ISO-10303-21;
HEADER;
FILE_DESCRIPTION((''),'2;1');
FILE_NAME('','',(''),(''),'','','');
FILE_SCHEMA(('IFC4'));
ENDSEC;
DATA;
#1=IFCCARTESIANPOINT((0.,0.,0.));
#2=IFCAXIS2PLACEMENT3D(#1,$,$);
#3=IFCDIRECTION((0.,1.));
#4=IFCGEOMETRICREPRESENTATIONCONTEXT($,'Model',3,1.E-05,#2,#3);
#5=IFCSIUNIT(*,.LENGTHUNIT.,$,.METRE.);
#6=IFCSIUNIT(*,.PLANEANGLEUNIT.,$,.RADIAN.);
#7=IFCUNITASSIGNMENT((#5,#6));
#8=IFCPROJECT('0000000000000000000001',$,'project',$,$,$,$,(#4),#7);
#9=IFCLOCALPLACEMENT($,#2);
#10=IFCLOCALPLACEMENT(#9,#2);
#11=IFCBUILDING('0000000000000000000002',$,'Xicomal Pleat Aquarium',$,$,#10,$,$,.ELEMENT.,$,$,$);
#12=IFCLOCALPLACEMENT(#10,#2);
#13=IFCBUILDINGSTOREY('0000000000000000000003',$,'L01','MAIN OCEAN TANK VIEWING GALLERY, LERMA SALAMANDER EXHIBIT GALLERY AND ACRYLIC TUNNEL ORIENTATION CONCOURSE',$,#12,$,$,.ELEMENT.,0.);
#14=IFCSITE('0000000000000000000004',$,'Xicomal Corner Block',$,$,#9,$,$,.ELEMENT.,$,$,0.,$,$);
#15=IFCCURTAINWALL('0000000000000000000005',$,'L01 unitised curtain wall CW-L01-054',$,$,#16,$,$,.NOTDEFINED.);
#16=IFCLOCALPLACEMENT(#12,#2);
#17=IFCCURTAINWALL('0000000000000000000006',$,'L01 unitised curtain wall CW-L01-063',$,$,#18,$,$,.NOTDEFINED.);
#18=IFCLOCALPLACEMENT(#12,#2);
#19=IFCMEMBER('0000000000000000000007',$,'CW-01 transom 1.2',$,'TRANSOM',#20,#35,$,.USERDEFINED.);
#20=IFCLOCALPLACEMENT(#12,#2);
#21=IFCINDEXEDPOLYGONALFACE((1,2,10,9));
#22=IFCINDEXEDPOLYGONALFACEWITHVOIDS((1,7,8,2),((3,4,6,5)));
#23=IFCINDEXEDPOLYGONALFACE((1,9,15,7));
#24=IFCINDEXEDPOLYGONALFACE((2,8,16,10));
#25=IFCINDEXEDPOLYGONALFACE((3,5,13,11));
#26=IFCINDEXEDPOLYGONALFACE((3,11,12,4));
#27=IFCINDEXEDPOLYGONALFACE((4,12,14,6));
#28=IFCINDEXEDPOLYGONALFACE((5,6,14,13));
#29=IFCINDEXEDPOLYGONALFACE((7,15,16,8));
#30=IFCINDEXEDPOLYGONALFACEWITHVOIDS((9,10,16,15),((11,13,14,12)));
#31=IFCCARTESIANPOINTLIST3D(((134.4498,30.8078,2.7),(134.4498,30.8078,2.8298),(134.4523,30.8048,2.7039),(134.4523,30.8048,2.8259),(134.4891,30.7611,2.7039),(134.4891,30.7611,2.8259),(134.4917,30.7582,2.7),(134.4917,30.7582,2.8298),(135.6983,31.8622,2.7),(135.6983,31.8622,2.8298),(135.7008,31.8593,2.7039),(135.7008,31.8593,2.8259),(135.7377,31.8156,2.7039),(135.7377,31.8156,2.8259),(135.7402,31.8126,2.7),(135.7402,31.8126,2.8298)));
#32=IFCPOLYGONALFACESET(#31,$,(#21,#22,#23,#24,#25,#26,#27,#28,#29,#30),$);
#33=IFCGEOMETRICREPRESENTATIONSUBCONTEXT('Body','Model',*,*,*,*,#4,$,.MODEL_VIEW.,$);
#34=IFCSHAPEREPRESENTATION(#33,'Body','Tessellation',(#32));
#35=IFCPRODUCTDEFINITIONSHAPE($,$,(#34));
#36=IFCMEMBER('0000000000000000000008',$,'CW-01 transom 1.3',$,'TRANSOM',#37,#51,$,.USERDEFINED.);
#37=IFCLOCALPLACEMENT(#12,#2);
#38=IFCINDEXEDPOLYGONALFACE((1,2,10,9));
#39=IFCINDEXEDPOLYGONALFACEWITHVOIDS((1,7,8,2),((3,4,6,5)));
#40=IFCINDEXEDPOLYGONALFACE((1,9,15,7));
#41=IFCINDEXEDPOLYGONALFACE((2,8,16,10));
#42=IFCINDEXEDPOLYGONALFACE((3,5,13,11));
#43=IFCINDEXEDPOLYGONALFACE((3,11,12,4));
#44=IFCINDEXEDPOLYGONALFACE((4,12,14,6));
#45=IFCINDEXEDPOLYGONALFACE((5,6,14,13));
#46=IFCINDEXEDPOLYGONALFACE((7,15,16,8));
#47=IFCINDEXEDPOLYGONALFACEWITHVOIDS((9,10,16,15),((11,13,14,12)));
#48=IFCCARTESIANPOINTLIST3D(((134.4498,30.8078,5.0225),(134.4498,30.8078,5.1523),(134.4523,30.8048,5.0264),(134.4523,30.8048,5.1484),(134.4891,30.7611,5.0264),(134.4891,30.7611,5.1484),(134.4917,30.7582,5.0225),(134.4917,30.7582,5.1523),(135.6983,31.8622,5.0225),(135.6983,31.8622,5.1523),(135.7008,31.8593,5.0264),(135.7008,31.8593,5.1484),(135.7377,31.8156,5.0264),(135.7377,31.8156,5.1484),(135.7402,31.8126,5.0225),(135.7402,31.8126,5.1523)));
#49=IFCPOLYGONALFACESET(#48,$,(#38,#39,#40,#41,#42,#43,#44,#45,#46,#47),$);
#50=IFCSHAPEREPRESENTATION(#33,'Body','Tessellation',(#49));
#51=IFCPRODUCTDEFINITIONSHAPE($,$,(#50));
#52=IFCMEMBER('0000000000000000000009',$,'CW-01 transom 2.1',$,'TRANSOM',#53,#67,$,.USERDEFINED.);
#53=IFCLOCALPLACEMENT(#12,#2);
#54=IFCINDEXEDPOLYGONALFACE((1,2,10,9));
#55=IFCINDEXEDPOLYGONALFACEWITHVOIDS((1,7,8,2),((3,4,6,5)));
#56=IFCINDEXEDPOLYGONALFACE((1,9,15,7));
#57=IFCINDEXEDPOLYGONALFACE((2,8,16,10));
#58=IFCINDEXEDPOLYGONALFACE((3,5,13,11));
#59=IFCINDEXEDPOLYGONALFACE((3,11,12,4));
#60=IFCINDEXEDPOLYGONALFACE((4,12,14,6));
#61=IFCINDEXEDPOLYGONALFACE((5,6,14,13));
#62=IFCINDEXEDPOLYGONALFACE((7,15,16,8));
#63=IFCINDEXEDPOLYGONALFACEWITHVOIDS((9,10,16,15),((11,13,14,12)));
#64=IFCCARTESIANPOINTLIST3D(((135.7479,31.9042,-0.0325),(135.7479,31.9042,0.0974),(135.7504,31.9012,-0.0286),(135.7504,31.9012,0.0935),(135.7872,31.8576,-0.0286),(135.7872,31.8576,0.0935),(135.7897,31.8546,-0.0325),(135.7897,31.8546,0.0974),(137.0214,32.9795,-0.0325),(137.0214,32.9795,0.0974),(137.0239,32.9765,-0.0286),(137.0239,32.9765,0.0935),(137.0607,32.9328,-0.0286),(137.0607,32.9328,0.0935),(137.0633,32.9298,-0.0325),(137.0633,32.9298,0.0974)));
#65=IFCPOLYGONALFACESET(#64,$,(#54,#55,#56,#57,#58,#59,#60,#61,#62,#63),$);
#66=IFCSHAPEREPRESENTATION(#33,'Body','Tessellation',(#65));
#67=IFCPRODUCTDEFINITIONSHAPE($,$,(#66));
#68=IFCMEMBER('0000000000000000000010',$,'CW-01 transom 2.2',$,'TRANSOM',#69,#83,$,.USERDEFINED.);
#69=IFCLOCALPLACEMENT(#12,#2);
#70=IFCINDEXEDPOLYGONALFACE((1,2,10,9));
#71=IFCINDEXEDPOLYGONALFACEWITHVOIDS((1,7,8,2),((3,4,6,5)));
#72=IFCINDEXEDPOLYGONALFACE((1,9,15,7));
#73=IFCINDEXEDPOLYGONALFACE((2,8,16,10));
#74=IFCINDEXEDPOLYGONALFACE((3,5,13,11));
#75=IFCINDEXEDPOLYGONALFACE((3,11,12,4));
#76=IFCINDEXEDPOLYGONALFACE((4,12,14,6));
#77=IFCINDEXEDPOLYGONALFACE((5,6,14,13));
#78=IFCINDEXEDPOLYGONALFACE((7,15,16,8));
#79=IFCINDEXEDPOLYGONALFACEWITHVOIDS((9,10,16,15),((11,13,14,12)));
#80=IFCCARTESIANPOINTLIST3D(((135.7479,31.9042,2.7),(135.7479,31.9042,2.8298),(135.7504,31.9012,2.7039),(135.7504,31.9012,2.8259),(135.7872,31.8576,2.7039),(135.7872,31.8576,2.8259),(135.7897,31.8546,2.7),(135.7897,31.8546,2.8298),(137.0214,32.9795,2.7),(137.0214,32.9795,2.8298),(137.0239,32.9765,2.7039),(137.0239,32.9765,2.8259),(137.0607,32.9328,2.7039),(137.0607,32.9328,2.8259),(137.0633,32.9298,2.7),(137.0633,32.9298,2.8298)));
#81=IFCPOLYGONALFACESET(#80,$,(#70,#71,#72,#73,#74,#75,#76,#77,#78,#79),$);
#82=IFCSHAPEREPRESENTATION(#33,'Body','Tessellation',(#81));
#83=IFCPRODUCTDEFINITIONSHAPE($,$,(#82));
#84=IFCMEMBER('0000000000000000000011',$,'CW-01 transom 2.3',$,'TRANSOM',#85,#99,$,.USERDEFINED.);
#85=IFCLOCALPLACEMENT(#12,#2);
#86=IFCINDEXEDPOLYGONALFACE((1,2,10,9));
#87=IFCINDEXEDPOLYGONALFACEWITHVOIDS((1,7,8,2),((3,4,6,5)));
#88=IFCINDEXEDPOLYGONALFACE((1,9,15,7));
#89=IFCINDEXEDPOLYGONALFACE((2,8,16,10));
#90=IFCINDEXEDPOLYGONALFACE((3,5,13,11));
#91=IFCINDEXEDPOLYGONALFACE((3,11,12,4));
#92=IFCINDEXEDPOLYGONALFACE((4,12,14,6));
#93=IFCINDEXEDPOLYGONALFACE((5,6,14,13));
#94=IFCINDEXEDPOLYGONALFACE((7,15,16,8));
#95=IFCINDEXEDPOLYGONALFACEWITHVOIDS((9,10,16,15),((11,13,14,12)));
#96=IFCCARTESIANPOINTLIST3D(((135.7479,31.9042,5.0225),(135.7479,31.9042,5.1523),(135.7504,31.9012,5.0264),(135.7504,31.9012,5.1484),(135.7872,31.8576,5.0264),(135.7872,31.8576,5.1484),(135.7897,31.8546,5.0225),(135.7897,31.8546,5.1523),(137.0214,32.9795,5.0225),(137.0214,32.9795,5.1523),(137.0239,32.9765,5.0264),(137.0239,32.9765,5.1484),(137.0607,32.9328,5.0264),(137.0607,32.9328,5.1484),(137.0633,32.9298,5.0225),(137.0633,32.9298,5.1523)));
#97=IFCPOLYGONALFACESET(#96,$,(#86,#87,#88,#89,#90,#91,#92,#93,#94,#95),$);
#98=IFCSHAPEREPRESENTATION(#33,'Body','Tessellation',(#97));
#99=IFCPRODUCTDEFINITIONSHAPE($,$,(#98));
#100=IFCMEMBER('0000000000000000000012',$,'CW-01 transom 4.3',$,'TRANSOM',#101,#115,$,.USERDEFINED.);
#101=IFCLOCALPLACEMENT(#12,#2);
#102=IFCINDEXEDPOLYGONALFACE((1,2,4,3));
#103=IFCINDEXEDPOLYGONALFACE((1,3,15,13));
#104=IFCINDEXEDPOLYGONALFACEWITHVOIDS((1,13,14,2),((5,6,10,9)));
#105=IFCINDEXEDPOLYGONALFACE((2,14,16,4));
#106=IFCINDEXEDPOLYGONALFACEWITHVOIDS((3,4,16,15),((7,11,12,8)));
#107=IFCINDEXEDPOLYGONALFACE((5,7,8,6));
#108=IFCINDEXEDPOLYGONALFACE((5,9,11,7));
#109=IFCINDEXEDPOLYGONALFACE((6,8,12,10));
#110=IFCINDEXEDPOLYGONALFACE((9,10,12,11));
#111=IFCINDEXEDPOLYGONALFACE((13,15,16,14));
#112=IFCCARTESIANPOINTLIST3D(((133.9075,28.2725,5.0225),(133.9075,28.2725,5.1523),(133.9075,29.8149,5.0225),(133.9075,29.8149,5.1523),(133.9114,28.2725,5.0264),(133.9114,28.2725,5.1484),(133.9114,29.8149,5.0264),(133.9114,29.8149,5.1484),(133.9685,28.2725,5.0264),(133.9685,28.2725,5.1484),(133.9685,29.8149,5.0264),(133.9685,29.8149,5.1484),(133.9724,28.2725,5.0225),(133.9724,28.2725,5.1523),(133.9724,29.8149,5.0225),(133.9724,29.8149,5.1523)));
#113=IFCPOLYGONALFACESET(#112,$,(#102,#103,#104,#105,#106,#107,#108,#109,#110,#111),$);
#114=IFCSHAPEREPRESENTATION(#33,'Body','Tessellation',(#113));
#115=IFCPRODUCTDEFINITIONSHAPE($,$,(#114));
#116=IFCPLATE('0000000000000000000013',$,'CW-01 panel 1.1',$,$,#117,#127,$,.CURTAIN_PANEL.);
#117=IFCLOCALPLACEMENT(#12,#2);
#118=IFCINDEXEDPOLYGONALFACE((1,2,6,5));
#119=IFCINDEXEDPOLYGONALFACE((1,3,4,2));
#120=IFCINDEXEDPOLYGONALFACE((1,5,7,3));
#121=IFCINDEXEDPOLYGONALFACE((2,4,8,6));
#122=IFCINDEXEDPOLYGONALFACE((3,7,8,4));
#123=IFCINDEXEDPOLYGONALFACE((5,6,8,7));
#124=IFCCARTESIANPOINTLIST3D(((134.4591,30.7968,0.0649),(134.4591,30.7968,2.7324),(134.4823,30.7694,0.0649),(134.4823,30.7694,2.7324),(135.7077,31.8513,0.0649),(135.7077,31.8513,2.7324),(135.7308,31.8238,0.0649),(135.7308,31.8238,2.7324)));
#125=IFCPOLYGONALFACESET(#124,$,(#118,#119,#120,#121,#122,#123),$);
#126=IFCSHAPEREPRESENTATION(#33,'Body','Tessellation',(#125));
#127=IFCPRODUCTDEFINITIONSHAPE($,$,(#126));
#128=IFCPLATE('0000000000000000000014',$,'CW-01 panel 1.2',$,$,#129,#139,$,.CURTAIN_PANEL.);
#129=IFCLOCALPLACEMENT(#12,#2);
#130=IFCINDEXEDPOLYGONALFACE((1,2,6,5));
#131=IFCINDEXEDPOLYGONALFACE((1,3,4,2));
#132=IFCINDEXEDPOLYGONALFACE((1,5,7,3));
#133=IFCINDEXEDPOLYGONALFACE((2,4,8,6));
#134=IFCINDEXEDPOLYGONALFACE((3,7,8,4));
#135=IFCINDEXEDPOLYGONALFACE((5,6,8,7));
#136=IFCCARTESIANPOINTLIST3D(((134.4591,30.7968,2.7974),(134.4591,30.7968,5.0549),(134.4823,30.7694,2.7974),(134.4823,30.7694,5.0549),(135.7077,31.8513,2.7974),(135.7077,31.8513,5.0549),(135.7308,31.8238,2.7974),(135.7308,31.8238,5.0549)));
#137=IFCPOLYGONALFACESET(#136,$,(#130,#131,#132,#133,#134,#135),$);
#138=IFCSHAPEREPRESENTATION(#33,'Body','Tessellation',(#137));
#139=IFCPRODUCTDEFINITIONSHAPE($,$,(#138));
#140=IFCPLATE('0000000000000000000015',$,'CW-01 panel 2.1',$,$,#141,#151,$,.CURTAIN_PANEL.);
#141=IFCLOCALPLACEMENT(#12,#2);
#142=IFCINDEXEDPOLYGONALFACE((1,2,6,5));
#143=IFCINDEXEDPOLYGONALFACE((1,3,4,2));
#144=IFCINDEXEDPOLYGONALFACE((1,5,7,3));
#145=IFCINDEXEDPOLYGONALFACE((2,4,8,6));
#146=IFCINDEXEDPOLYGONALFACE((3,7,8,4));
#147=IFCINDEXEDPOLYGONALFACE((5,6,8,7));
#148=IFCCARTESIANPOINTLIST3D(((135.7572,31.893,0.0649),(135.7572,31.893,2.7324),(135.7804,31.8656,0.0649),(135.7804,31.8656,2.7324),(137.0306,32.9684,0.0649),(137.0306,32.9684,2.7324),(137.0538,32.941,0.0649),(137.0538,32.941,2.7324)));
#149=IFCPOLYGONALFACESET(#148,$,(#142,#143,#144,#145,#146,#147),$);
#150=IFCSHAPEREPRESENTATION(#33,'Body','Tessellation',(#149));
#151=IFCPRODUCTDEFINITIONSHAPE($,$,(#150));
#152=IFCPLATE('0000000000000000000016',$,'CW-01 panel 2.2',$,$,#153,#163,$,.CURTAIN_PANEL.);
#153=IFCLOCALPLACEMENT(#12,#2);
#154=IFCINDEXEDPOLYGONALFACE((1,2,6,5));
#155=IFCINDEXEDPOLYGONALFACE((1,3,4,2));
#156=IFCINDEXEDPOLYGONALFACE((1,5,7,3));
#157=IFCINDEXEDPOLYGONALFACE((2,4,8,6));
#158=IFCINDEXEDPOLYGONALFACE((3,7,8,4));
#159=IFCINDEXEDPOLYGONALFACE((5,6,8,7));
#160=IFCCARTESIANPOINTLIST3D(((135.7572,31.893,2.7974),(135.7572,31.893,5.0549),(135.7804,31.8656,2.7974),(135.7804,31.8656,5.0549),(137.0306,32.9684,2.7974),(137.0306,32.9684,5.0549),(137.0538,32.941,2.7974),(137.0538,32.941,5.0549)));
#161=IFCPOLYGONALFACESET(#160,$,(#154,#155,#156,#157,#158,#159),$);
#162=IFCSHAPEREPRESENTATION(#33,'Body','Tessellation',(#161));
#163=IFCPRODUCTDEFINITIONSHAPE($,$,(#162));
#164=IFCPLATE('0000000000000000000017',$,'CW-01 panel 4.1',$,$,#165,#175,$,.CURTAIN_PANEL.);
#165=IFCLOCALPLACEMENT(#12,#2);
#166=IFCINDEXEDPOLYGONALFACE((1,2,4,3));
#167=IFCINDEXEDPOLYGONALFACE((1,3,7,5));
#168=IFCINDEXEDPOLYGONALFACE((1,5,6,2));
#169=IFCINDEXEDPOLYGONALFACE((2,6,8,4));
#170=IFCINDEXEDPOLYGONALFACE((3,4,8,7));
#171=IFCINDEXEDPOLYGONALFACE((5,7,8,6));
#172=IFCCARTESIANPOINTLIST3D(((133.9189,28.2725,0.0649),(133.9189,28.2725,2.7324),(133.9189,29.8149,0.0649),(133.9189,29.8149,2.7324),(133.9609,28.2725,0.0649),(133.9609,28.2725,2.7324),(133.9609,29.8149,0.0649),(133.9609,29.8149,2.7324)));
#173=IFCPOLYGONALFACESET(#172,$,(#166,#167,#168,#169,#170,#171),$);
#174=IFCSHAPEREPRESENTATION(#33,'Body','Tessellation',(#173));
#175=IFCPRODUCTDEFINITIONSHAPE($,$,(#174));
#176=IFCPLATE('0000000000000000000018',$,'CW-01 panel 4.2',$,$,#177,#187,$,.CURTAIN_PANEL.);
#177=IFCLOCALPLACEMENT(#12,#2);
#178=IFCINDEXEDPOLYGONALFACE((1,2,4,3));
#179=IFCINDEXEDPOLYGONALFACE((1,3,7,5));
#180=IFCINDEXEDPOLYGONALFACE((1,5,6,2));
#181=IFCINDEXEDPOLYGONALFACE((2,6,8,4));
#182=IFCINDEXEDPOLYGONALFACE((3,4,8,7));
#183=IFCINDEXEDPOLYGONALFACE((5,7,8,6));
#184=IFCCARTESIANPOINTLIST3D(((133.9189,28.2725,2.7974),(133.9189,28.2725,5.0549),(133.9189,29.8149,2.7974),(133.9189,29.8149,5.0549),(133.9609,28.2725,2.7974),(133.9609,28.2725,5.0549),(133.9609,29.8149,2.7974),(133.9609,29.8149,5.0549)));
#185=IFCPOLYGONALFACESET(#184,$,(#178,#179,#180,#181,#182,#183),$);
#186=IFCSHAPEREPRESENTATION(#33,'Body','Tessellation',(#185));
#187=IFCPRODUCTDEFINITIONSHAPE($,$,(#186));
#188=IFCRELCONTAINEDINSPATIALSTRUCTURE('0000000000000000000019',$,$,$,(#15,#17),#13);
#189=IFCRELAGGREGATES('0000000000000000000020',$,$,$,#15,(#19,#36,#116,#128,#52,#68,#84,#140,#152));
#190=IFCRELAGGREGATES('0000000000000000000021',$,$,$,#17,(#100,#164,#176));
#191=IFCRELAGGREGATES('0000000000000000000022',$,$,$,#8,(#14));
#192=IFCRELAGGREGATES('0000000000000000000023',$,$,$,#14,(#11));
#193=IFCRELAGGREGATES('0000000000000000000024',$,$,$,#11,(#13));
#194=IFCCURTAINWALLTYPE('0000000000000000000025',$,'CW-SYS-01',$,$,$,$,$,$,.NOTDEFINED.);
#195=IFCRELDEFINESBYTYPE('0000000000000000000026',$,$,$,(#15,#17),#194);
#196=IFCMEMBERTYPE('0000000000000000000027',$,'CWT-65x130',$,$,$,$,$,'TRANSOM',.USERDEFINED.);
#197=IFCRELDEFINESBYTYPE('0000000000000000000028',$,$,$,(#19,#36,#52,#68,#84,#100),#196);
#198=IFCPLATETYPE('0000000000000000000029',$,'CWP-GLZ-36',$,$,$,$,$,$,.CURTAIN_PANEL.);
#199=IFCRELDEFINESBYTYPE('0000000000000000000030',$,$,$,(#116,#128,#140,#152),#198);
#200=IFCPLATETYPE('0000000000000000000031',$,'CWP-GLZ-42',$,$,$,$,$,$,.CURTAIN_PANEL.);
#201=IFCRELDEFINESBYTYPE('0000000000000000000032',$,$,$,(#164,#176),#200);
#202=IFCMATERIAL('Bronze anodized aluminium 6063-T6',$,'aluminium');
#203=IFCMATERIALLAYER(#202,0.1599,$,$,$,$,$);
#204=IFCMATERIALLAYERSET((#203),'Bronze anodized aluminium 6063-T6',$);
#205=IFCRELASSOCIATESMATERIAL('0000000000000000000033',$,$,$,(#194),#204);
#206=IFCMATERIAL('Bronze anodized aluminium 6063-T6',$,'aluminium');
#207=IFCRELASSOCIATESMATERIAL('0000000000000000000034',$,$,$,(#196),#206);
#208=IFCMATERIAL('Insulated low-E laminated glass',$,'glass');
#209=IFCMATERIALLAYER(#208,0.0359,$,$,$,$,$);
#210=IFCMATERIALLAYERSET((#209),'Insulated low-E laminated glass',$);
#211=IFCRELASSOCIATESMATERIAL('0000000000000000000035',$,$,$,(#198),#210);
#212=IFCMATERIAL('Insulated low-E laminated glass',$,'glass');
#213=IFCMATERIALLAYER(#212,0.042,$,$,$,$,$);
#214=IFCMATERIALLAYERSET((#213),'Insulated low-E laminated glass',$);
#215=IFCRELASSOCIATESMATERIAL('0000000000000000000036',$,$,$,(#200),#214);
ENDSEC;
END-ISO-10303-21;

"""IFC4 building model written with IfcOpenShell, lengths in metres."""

from ifc_helpers import new_model, si_unit, direction, frame, origin, origin_2d, place, context, subcontext, project, spatial, rectangle, hollow_rectangle, extrude, material, layer, layer_set, material_profile, profile_set, type_object, element, aggregate, save


model = new_model("IFC4")

# Units and contexts
model_context = context("Model", 3, precision=1e-05, world=origin(), true_north=direction((0.0, 1.0)))
body_context = subcontext(model_context, "Body", "Model", "MODEL_VIEW")
ifc_project = project(units=[si_unit("LENGTHUNIT", "METRE"), si_unit("PLANEANGLEUNIT", "RADIAN")], contexts=[model_context])

# Site, building, storey
site_placement = place(None, origin())
site = spatial("IfcSite", under=ifc_project, at=site_placement, Name="Xicomal Corner Block", CompositionType="ELEMENT", RefElevation=0.0)
building_placement = place(site_placement, origin())
building = spatial("IfcBuilding", under=site, at=building_placement, Name="Xicomal Pleat Aquarium", CompositionType="ELEMENT")
storey_placement = place(building_placement, origin())
storey = spatial("IfcBuildingStorey", under=building, at=storey_placement, Name="L01", Description="MAIN OCEAN TANK VIEWING GALLERY, LERMA SALAMANDER EXHIBIT GALLERY AND ACRYLIC TUNNEL ORIENTATION CONCOURSE", CompositionType="ELEMENT", Elevation=0.0)

# Curtain wall
ifc_material_1 = material(Name="Bronze anodized aluminium 6063-T6", Category="aluminium")
ifc_layer_1 = layer(ifc_material_1, 0.1599)
ifc_layer_set_1 = layer_set([ifc_layer_1], Name="Bronze anodized aluminium 6063-T6")
curtain_wall_type = type_object("IfcCurtainWallType", Name="CW-SYS-01", PredefinedType="NOTDEFINED", material=ifc_layer_set_1)
curtain_wall_1_placement = place(storey_placement, origin())
curtain_wall_1 = element("IfcCurtainWall", 1, at=curtain_wall_1_placement, inside=storey, type_object=curtain_wall_type, Name="L01 unitised curtain wall CW-L01-054", PredefinedType="NOTDEFINED")

# Curtain wall
curtain_wall_2_placement = place(storey_placement, origin())
curtain_wall_2 = element("IfcCurtainWall", 2, at=curtain_wall_2_placement, inside=storey, type_object=curtain_wall_type, Name="L01 unitised curtain wall CW-L01-063", PredefinedType="NOTDEFINED")

# Members
ifc_material_2 = material(Name="Bronze anodized aluminium 6063-T6", Category="aluminium")
ifc_material_profile_1 = material_profile(ifc_material_2, hollow_rectangle(XDim=0.0649, YDim=0.1299, WallThickness=0.0039, at=origin_2d()), Name="ALU TRAN 65x130")
ifc_profile_set_1 = profile_set([ifc_material_profile_1], Name="Bronze anodized aluminium 6063-T6")
member_type_1 = type_object("IfcMemberType", Name="CWT-65x130", ElementType="TRANSOM", PredefinedType="USERDEFINED", material=ifc_profile_set_1)
member_1_placement = place(storey_placement, frame((134.4707, 30.783, 2.7649), z_axis=(0.763992, 0.645225, 0.0), x_axis=(-0.645225, 0.763992, 0.0)))
member_1 = element("IfcMember", 3, at=member_1_placement, type_object=member_type_1, Name="CW-01 transom 1.2", ObjectType="TRANSOM", PredefinedType="USERDEFINED", context=body_context, shape_type="SweptSolid", body=[
    extrude(hollow_rectangle(XDim=0.0649, YDim=0.1299, WallThickness=0.0039, at=origin_2d()), origin(), (0.0, 0.0, 1.0), 1.6343),
])
member_2_placement = place(storey_placement, frame((134.4707, 30.783, 5.0874), z_axis=(0.763992, 0.645225, 0.0), x_axis=(-0.645225, 0.763992, 0.0)))
member_2 = element("IfcMember", 4, at=member_2_placement, type_object=member_type_1, Name="CW-01 transom 1.3", ObjectType="TRANSOM", PredefinedType="USERDEFINED", context=body_context, shape_type="SweptSolid", body=[
    extrude(hollow_rectangle(XDim=0.0649, YDim=0.1299, WallThickness=0.0039, at=origin_2d()), origin(), (0.0, 0.0, 1.0), 1.6343),
])
member_3_placement = place(storey_placement, frame((135.7688, 31.8794, 0.0325), z_axis=(0.764075, 0.645128, 0.0), x_axis=(-0.645128, 0.764075, 0.0)))
member_3 = element("IfcMember", 5, at=member_3_placement, type_object=member_type_1, Name="CW-01 transom 2.1", ObjectType="TRANSOM", PredefinedType="USERDEFINED", context=body_context, shape_type="SweptSolid", body=[
    extrude(hollow_rectangle(XDim=0.0649, YDim=0.1299, WallThickness=0.0039, at=origin_2d()), origin(), (0.0, 0.0, 1.0), 1.6667),
])
member_4_placement = place(storey_placement, frame((135.7688, 31.8794, 2.7649), z_axis=(0.764075, 0.645128, 0.0), x_axis=(-0.645128, 0.764075, 0.0)))
member_4 = element("IfcMember", 6, at=member_4_placement, type_object=member_type_1, Name="CW-01 transom 2.2", ObjectType="TRANSOM", PredefinedType="USERDEFINED", context=body_context, shape_type="SweptSolid", body=[
    extrude(hollow_rectangle(XDim=0.0649, YDim=0.1299, WallThickness=0.0039, at=origin_2d()), origin(), (0.0, 0.0, 1.0), 1.6667),
])
member_5_placement = place(storey_placement, frame((135.7688, 31.8794, 5.0874), z_axis=(0.764075, 0.645128, 0.0), x_axis=(-0.645128, 0.764075, 0.0)))
member_5 = element("IfcMember", 7, at=member_5_placement, type_object=member_type_1, Name="CW-01 transom 2.3", ObjectType="TRANSOM", PredefinedType="USERDEFINED", context=body_context, shape_type="SweptSolid", body=[
    extrude(hollow_rectangle(XDim=0.0649, YDim=0.1299, WallThickness=0.0039, at=origin_2d()), origin(), (0.0, 0.0, 1.0), 1.6667),
])
member_6_placement = place(storey_placement, frame((133.9399, 28.2725, 5.0874), z_axis=(0.0, 1.0, 0.0), x_axis=(-1.0, 0.0, 0.0)))
member_6 = element("IfcMember", 8, at=member_6_placement, type_object=member_type_1, Name="CW-01 transom 4.3", ObjectType="TRANSOM", PredefinedType="USERDEFINED", context=body_context, shape_type="SweptSolid", body=[
    extrude(hollow_rectangle(XDim=0.0649, YDim=0.1299, WallThickness=0.0039, at=origin_2d()), origin(), (0.0, 0.0, 1.0), 1.5425),
])

# Plates
ifc_material_3 = material(Name="Insulated low-E laminated glass", Category="glass")
ifc_layer_2 = layer(ifc_material_3, 0.0359)
ifc_layer_set_2 = layer_set([ifc_layer_2], Name="Insulated low-E laminated glass")
plate_type_1 = type_object("IfcPlateType", Name="CWP-GLZ-36", PredefinedType="CURTAIN_PANEL", material=ifc_layer_set_2)
plate_1_placement = place(storey_placement, frame((135.095, 31.3103, 0.0649), z_axis=(0.0, 0.0, 1.0), x_axis=(0.763992, 0.645226, 0.0)))
plate_1 = element("IfcPlate", 9, at=plate_1_placement, type_object=plate_type_1, Name="CW-01 panel 1.1", PredefinedType="CURTAIN_PANEL", context=body_context, shape_type="SweptSolid", body=[
    extrude(rectangle(XDim=1.6343, YDim=0.0359, at=origin_2d()), origin(), (0.0, 0.0, 1.0), 2.6675),
])
plate_2_placement = place(storey_placement, frame((135.095, 31.3103, 2.7974), z_axis=(0.0, 0.0, 1.0), x_axis=(0.763992, 0.645226, 0.0)))
plate_2 = element("IfcPlate", 10, at=plate_2_placement, type_object=plate_type_1, Name="CW-01 panel 1.2", PredefinedType="CURTAIN_PANEL", context=body_context, shape_type="SweptSolid", body=[
    extrude(rectangle(XDim=1.6343, YDim=0.0359, at=origin_2d()), origin(), (0.0, 0.0, 1.0), 2.2576),
])
plate_3_placement = place(storey_placement, frame((136.4055, 32.417, 0.0649), z_axis=(0.0, 0.0, 1.0), x_axis=(0.763992, 0.645226, 0.0)))
plate_3 = element("IfcPlate", 11, at=plate_3_placement, type_object=plate_type_1, Name="CW-01 panel 2.1", PredefinedType="CURTAIN_PANEL", context=body_context, shape_type="SweptSolid", body=[
    extrude(rectangle(XDim=1.6667, YDim=0.0359, at=origin_2d()), origin(), (0.0, 0.0, 1.0), 2.6675),
])
plate_4_placement = place(storey_placement, frame((136.4055, 32.417, 2.7974), z_axis=(0.0, 0.0, 1.0), x_axis=(0.763992, 0.645226, 0.0)))
plate_4 = element("IfcPlate", 12, at=plate_4_placement, type_object=plate_type_1, Name="CW-01 panel 2.2", PredefinedType="CURTAIN_PANEL", context=body_context, shape_type="SweptSolid", body=[
    extrude(rectangle(XDim=1.6667, YDim=0.0359, at=origin_2d()), origin(), (0.0, 0.0, 1.0), 2.2576),
])
aggregate(curtain_wall_1, [member_1, member_2, plate_1, plate_2, member_3, member_4, member_5, plate_3, plate_4])
ifc_material_4 = material(Name="Insulated low-E laminated glass", Category="glass")
ifc_layer_3 = layer(ifc_material_4, 0.042)
ifc_layer_set_3 = layer_set([ifc_layer_3], Name="Insulated low-E laminated glass")
plate_type_2 = type_object("IfcPlateType", Name="CWP-GLZ-42", PredefinedType="CURTAIN_PANEL", material=ifc_layer_set_3)
plate_5_placement = place(storey_placement, frame((133.9399, 29.0437, 0.0649), z_axis=(0.0, 0.0, 1.0), x_axis=(0.0, 1.0, 0.0)))
plate_5 = element("IfcPlate", 13, at=plate_5_placement, type_object=plate_type_2, Name="CW-01 panel 4.1", PredefinedType="CURTAIN_PANEL", context=body_context, shape_type="SweptSolid", body=[
    extrude(rectangle(XDim=1.5425, YDim=0.042, at=origin_2d()), origin(), (0.0, 0.0, 1.0), 2.6675),
])
plate_6_placement = place(storey_placement, frame((133.9399, 29.0437, 2.7974), z_axis=(0.0, 0.0, 1.0), x_axis=(0.0, 1.0, 0.0)))
plate_6 = element("IfcPlate", 14, at=plate_6_placement, type_object=plate_type_2, Name="CW-01 panel 4.2", PredefinedType="CURTAIN_PANEL", context=body_context, shape_type="SweptSolid", body=[
    extrude(rectangle(XDim=1.5425, YDim=0.042, at=origin_2d()), origin(), (0.0, 0.0, 1.0), 2.2576),
])
aggregate(curtain_wall_2, [member_6, plate_5, plate_6])

save(model, "model.ifc")
